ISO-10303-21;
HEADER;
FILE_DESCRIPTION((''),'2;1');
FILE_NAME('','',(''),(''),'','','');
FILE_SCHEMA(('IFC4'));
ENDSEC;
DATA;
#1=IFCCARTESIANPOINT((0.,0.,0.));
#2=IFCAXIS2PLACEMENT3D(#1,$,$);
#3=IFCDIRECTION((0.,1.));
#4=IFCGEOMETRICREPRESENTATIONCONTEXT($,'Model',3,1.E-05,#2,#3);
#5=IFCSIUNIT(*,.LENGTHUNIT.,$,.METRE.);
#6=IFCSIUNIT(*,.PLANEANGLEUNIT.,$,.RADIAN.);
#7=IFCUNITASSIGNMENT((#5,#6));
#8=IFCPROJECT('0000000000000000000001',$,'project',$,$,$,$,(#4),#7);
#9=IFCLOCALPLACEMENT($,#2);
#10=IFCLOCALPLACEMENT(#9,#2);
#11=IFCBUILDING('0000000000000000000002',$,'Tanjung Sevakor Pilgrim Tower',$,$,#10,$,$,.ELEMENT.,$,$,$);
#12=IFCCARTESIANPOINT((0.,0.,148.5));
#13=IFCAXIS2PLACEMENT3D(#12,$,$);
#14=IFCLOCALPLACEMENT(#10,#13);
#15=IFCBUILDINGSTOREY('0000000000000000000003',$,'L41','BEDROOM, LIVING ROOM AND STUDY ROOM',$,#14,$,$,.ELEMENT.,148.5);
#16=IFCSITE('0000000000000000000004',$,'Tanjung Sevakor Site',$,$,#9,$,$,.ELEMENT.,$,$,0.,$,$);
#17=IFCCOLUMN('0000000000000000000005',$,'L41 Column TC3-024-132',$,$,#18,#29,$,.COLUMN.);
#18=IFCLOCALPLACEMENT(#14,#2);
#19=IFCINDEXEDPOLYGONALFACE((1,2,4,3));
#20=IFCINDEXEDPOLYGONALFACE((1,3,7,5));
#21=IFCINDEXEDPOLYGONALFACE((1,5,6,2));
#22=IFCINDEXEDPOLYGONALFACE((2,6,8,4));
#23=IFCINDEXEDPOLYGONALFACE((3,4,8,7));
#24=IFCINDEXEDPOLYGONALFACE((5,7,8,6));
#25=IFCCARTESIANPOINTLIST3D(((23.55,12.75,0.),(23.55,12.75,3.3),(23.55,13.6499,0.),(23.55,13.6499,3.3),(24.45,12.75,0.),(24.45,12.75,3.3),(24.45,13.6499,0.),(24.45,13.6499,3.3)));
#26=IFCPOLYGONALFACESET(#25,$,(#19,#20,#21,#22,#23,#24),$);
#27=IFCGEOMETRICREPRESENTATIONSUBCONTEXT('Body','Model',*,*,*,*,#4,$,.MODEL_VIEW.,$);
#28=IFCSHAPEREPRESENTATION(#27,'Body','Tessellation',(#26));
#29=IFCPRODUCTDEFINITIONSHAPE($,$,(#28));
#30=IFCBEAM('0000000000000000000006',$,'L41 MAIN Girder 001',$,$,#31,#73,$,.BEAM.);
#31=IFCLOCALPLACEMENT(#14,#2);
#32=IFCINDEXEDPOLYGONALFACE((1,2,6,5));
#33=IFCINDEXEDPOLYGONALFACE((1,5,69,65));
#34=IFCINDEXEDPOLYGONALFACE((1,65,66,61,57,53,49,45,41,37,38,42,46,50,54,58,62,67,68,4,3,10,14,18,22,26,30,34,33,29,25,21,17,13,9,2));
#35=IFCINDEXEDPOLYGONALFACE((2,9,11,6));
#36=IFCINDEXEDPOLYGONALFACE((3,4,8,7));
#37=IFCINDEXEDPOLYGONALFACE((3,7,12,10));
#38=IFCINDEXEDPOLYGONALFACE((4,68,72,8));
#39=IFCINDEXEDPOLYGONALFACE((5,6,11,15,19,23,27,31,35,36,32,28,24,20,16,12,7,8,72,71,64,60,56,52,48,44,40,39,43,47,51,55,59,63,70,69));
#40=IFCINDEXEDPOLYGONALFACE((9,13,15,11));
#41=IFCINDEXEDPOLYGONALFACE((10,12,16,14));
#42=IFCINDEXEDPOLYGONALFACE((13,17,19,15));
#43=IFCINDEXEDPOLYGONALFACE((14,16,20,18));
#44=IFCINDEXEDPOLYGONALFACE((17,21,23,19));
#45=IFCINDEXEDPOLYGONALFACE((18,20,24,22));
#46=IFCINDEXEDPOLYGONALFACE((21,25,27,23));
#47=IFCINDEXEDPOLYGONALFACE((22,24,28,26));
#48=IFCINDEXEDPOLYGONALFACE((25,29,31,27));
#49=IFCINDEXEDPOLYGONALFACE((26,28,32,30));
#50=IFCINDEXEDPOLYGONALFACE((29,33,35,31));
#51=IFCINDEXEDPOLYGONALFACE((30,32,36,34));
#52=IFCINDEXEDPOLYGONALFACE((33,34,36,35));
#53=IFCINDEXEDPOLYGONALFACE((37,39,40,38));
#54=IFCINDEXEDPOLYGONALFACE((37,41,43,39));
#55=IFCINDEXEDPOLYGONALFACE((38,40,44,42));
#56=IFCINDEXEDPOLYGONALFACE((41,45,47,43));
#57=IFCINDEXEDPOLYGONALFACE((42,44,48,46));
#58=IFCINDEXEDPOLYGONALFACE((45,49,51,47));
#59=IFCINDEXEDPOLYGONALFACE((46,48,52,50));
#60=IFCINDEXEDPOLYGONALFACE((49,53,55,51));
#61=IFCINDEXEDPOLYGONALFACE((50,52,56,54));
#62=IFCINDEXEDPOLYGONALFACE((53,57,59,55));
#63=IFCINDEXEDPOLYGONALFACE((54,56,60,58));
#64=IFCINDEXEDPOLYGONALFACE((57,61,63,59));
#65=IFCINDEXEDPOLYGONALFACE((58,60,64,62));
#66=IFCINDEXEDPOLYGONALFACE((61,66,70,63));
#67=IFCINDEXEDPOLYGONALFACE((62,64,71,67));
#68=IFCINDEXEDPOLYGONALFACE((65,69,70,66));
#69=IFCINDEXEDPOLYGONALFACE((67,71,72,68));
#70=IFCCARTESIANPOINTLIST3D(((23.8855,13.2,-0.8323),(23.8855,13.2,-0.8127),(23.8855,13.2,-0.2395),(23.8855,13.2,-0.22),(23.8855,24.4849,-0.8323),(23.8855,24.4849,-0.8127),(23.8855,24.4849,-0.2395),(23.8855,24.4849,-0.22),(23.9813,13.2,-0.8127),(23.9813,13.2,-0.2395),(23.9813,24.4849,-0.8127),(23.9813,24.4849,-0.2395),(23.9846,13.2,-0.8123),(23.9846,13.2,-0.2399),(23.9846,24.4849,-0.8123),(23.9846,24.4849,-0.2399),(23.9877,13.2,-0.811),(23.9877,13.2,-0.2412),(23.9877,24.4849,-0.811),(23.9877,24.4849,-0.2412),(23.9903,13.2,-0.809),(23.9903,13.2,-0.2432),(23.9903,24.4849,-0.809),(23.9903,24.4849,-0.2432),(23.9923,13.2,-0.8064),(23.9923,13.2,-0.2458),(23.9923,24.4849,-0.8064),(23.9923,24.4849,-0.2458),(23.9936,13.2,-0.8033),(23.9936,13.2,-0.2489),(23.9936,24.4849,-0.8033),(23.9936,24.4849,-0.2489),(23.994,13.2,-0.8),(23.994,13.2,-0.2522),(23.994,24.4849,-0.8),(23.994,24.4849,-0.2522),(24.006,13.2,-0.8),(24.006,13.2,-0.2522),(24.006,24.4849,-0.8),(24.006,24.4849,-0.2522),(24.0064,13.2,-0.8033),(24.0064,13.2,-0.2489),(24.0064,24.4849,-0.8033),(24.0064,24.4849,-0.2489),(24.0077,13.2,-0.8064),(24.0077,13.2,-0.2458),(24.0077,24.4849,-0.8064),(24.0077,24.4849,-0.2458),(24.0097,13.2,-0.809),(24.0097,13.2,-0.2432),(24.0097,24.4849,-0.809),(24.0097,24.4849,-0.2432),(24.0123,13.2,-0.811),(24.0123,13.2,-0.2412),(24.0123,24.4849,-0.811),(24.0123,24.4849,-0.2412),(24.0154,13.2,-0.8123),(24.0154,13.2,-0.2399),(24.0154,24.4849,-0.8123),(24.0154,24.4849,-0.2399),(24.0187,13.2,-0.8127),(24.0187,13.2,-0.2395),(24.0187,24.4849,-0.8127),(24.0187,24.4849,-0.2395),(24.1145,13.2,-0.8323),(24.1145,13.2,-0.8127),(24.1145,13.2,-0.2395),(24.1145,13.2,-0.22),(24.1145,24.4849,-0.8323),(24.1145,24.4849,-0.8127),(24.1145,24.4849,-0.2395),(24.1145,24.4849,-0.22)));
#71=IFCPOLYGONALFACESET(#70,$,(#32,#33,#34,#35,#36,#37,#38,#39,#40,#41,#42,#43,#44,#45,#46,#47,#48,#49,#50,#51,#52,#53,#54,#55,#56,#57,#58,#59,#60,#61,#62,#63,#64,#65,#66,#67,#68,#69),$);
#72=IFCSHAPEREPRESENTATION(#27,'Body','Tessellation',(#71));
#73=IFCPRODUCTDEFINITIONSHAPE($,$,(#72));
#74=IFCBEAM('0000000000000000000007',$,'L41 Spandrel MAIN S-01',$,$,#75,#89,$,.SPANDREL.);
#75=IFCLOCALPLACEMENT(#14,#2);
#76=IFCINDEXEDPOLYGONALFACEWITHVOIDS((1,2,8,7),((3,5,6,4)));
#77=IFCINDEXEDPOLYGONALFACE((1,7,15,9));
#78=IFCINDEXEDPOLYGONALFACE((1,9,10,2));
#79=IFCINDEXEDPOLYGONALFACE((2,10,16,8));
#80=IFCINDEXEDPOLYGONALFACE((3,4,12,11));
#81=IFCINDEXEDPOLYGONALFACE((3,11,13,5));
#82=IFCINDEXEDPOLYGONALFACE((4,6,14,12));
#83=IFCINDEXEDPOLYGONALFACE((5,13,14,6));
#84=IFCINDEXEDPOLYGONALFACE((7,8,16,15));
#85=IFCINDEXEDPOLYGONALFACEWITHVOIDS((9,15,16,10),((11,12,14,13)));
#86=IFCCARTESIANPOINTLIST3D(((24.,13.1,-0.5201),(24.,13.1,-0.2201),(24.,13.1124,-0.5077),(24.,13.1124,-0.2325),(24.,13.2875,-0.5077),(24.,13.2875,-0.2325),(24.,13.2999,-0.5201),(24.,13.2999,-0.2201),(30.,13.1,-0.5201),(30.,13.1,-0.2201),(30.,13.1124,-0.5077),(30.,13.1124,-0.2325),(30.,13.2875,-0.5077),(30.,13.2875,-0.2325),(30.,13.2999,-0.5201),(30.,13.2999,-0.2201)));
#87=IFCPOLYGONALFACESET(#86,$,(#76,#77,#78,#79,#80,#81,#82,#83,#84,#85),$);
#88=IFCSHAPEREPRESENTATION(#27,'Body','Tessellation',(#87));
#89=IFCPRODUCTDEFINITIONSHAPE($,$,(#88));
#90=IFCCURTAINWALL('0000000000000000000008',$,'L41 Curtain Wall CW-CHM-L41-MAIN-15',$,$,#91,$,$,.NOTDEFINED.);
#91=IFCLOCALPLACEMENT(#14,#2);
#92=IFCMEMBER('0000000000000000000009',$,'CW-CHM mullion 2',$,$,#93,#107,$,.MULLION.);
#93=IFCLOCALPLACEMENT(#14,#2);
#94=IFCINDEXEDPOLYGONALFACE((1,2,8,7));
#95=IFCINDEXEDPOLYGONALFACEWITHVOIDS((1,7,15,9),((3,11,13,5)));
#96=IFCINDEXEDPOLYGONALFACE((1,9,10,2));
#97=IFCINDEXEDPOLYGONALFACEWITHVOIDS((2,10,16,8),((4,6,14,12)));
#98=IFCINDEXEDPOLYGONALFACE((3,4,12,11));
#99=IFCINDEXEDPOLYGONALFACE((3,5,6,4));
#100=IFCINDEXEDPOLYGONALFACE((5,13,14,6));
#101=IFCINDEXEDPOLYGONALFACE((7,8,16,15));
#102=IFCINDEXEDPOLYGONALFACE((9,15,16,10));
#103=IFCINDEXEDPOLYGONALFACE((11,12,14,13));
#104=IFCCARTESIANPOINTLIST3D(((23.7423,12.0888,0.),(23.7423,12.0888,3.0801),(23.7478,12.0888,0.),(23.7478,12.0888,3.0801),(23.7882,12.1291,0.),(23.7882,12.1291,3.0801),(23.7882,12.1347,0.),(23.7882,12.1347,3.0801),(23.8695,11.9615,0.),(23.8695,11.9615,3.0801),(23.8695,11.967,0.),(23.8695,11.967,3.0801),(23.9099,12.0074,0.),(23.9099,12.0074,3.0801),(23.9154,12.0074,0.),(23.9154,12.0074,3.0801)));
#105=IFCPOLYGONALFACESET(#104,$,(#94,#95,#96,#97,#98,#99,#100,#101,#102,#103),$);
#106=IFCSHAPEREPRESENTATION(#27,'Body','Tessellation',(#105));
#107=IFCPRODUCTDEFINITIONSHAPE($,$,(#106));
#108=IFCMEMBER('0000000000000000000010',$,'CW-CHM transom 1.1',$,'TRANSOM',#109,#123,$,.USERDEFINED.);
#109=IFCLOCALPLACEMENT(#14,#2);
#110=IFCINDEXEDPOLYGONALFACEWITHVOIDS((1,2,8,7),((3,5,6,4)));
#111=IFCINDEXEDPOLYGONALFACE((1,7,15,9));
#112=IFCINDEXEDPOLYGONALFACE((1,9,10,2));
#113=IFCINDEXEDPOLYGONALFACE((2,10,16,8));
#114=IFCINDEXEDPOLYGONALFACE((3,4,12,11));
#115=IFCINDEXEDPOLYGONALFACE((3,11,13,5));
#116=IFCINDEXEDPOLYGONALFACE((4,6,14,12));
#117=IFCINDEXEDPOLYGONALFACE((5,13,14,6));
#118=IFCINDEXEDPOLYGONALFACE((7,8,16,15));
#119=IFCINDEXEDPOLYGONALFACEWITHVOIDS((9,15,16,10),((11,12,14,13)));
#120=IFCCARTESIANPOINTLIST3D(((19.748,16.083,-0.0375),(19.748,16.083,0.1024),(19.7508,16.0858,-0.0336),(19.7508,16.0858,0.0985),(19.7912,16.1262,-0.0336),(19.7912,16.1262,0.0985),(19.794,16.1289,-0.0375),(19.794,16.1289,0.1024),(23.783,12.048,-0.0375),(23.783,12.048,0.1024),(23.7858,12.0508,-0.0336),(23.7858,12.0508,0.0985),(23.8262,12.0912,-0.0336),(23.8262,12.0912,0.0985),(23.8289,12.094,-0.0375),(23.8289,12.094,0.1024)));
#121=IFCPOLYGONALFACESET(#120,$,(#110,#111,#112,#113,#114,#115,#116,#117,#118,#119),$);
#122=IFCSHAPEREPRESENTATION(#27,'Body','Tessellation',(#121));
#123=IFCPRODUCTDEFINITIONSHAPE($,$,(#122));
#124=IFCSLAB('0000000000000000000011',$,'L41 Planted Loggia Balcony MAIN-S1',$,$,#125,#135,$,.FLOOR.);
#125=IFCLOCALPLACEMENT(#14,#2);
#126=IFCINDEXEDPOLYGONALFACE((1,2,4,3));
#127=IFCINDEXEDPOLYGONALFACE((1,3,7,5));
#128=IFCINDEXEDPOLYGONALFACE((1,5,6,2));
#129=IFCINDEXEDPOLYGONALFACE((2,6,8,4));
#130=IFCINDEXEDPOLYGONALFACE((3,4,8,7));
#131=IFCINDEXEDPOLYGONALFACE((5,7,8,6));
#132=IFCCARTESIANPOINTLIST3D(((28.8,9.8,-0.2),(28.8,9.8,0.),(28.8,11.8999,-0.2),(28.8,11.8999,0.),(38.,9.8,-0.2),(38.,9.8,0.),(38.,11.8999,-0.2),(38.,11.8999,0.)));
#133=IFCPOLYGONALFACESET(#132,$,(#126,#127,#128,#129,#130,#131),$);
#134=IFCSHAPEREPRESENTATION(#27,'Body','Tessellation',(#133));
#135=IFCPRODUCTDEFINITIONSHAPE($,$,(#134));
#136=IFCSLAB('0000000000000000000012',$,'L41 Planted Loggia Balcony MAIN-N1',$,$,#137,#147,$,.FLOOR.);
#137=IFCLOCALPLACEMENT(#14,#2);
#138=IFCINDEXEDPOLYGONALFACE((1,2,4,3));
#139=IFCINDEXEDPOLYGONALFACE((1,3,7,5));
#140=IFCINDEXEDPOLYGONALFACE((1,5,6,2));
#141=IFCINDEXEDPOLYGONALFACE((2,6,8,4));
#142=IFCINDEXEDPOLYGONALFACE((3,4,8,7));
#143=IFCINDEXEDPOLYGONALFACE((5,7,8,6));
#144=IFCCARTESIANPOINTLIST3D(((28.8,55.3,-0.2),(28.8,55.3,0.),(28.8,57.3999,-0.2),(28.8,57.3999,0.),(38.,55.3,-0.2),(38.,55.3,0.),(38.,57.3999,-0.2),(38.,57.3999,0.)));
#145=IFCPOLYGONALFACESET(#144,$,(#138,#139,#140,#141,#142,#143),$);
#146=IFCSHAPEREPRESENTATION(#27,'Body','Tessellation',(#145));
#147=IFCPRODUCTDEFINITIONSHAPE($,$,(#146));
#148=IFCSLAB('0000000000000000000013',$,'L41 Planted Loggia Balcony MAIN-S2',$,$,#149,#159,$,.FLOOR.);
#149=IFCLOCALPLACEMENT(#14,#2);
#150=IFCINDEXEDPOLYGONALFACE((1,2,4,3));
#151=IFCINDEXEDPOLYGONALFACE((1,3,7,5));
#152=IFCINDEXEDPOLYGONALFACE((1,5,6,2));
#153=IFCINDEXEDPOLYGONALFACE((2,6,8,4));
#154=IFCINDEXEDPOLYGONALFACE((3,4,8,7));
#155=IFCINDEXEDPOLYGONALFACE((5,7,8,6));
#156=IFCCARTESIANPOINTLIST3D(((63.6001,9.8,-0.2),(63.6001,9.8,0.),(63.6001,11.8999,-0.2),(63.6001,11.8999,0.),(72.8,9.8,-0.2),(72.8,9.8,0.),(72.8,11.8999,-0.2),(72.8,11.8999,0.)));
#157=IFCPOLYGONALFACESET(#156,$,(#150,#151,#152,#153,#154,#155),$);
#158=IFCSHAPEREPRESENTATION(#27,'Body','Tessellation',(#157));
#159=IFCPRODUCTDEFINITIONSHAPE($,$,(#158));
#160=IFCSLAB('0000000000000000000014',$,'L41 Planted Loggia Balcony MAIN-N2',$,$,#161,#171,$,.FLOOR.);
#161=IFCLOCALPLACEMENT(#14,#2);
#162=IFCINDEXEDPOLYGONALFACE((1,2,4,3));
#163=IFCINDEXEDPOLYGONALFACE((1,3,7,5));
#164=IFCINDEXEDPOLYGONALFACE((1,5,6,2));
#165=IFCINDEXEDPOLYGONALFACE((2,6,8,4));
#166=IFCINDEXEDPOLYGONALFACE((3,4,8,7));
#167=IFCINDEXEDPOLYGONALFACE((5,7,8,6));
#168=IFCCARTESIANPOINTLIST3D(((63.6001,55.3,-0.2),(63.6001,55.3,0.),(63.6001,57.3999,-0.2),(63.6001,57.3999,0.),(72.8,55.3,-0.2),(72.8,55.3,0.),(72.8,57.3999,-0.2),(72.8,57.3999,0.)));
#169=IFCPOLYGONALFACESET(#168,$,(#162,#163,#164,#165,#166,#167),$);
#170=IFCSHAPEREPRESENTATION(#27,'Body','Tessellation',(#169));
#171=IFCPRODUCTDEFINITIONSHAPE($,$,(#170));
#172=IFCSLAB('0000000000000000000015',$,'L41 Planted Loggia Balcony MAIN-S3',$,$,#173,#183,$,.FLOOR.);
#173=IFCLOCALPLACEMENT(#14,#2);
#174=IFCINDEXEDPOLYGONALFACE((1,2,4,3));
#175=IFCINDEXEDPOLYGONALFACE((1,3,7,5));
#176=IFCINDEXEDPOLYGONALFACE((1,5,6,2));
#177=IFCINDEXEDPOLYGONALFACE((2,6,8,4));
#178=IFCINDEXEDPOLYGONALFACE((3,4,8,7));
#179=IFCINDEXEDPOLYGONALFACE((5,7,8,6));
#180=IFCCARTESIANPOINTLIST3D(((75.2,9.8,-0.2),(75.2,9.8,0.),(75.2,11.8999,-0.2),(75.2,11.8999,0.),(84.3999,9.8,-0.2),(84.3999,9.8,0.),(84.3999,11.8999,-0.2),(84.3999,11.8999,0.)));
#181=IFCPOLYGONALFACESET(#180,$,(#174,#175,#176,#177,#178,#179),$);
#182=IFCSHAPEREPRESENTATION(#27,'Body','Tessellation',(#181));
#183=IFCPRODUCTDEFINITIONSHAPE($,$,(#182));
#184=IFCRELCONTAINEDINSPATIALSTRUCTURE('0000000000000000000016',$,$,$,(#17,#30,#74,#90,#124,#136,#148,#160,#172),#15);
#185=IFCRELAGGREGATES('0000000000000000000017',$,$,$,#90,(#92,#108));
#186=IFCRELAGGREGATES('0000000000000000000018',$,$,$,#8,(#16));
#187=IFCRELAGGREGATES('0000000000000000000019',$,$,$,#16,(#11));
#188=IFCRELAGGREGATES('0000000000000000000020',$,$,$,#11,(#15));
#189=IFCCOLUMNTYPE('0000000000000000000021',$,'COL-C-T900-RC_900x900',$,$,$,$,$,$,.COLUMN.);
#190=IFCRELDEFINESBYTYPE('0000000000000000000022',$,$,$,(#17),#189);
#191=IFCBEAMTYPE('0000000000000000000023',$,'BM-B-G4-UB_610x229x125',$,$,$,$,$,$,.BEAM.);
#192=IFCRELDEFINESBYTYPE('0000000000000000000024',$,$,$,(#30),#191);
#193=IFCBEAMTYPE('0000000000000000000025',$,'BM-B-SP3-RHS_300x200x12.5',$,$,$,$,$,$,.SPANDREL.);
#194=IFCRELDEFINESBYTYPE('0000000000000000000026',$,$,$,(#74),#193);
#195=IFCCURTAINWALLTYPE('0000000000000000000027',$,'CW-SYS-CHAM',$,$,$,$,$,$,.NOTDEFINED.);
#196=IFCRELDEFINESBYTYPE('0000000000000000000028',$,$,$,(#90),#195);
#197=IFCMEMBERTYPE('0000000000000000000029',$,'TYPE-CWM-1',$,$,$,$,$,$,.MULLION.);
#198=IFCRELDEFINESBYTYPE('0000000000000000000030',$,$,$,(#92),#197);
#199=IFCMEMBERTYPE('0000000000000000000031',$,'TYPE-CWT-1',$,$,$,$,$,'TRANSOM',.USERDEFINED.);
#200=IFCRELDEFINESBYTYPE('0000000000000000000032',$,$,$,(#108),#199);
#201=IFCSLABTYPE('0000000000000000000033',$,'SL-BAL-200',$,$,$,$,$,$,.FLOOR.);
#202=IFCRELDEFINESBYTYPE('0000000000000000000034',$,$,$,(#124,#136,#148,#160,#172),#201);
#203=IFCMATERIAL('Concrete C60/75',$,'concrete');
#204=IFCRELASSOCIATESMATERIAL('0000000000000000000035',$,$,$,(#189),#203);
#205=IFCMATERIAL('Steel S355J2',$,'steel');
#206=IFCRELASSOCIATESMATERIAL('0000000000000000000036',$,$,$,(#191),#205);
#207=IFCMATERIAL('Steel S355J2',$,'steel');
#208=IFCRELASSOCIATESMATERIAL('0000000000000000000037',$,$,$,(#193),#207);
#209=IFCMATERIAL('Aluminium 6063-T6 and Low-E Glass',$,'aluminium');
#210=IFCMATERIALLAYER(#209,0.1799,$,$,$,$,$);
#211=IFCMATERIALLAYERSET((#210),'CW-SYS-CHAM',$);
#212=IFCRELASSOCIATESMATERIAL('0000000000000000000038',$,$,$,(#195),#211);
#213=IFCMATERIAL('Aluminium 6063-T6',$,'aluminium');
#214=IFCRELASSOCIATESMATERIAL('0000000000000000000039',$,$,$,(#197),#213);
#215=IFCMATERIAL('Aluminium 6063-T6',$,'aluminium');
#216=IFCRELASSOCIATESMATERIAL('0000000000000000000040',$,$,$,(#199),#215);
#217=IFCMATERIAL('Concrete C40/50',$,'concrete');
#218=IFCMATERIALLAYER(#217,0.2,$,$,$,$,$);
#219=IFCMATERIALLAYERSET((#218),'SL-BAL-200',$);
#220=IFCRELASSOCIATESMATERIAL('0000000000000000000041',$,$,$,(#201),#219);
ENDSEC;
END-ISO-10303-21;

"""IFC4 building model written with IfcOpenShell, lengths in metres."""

from ifc_helpers import new_model, si_unit, direction, frame, origin, origin_2d, place, context, subcontext, project, spatial, polyline, rectangle, hollow_rectangle, i_section, outline, extrude, material, layer, layer_set, material_profile, profile_set, type_object, element, aggregate, save


model = new_model("IFC4")

# Units and contexts
model_context = context("Model", 3, precision=1e-05, world=origin(), true_north=direction((0.0, 1.0)))
body_context = subcontext(model_context, "Body", "Model", "MODEL_VIEW")
ifc_project = project(units=[si_unit("LENGTHUNIT", "METRE"), si_unit("PLANEANGLEUNIT", "RADIAN")], contexts=[model_context])

# Site, building, storey
site_placement = place(None, origin())
site = spatial("IfcSite", under=ifc_project, at=site_placement, Name="Tanjung Sevakor Site", CompositionType="ELEMENT", RefElevation=0.0)
building_placement = place(site_placement, origin())
building = spatial("IfcBuilding", under=site, at=building_placement, Name="Tanjung Sevakor Pilgrim Tower", CompositionType="ELEMENT")
storey_placement = place(building_placement, frame((0.0, 0.0, 148.5)))
storey = spatial("IfcBuildingStorey", under=building, at=storey_placement, Name="L41", Description="BEDROOM, LIVING ROOM AND STUDY ROOM", CompositionType="ELEMENT", Elevation=148.5)

# Column
ifc_material_1 = material(Name="Concrete C60/75", Category="concrete")
ifc_material_profile_1 = material_profile(ifc_material_1, rectangle(XDim=0.8999, YDim=0.8999, at=origin_2d()))
ifc_profile_set_1 = profile_set([ifc_material_profile_1], Name="Concrete C60/75")
column_type = type_object("IfcColumnType", Name="COL-C-T900-RC_900x900", PredefinedType="COLUMN", material=ifc_profile_set_1)
column_placement = place(storey_placement, frame((24.0, 13.2, 0.0), z_axis=(0.0, 0.0, 1.0), x_axis=(1.0, 0.0, 0.0)))
element("IfcColumn", 1, at=column_placement, inside=storey, type_object=column_type, Name="L41 Column TC3-024-132", PredefinedType="COLUMN", context=body_context, shape_type="SweptSolid", body=[
    extrude(rectangle(XDim=0.8999, YDim=0.8999, at=origin_2d()), origin(), (0.0, 0.0, 1.0), 3.3),
])

# Beams
ifc_material_2 = material(Name="Steel S355J2", Category="steel")
ifc_material_profile_2 = material_profile(ifc_material_2, i_section(OverallWidth=0.229, OverallDepth=0.6123, WebThickness=0.012, FlangeThickness=0.0195, FilletRadius=0.0127, at=origin_2d()))
ifc_profile_set_2 = profile_set([ifc_material_profile_2], Name="Steel S355J2")
beam_type_1 = type_object("IfcBeamType", Name="BM-B-G4-UB_610x229x125", PredefinedType="BEAM", material=ifc_profile_set_2)
beam_1_placement = place(storey_placement, frame((24.0, 13.2, -0.5261), z_axis=(0.0, 1.0, 0.0), x_axis=(-1.0, 0.0, 0.0)))
element("IfcBeam", 2, at=beam_1_placement, inside=storey, type_object=beam_type_1, Name="L41 MAIN Girder 001", PredefinedType="BEAM", context=body_context, shape_type="SweptSolid", body=[
    extrude(i_section(OverallWidth=0.229, OverallDepth=0.6123, WebThickness=0.012, FlangeThickness=0.0195, FilletRadius=0.0127, at=origin_2d()), origin(), (0.0, 0.0, 1.0), 11.2849),
])
ifc_material_3 = material(Name="Steel S355J2", Category="steel")
ifc_material_profile_3 = material_profile(ifc_material_3, hollow_rectangle(XDim=0.2, YDim=0.3, WallThickness=0.0125, at=origin_2d()))
ifc_profile_set_3 = profile_set([ifc_material_profile_3], Name="Steel S355J2")
beam_type_2 = type_object("IfcBeamType", Name="BM-B-SP3-RHS_300x200x12.5", PredefinedType="SPANDREL", material=ifc_profile_set_3)
beam_2_placement = place(storey_placement, frame((24.0, 13.2, -0.3701), z_axis=(1.0, 0.0, 0.0), x_axis=(0.0, 1.0, 0.0)))
element("IfcBeam", 3, at=beam_2_placement, inside=storey, type_object=beam_type_2, Name="L41 Spandrel MAIN S-01", PredefinedType="SPANDREL", context=body_context, shape_type="SweptSolid", body=[
    extrude(hollow_rectangle(XDim=0.2, YDim=0.3, WallThickness=0.0125, at=origin_2d()), origin(), (0.0, 0.0, 1.0), 6.0),
])

# Curtain wall, members
ifc_material_4 = material(Name="Aluminium 6063-T6 and Low-E Glass", Category="aluminium")
ifc_layer_1 = layer(ifc_material_4, 0.1799)
ifc_layer_set_1 = layer_set([ifc_layer_1], Name="CW-SYS-CHAM")
curtain_wall_type = type_object("IfcCurtainWallType", Name="CW-SYS-CHAM", PredefinedType="NOTDEFINED", material=ifc_layer_set_1)
curtain_wall_placement = place(storey_placement, origin())
curtain_wall = element("IfcCurtainWall", 4, at=curtain_wall_placement, inside=storey, type_object=curtain_wall_type, Name="L41 Curtain Wall CW-CHM-L41-MAIN-15", PredefinedType="NOTDEFINED")
ifc_material_5 = material(Name="Aluminium 6063-T6", Category="aluminium")
ifc_material_profile_4 = material_profile(ifc_material_5, hollow_rectangle(XDim=0.0649, YDim=0.1799, WallThickness=0.0039, at=origin_2d()))
ifc_profile_set_4 = profile_set([ifc_material_profile_4], Name="Aluminium 6063-T6")
member_type_1 = type_object("IfcMemberType", Name="TYPE-CWM-1", PredefinedType="MULLION", material=ifc_profile_set_4)
member_1_placement = place(storey_placement, frame((23.8289, 12.0481, 0.0), z_axis=(0.0, 0.0, 1.0), x_axis=(0.707107, 0.707107, 0.0)))
member_1 = element("IfcMember", 5, at=member_1_placement, type_object=member_type_1, Name="CW-CHM mullion 2", PredefinedType="MULLION", context=body_context, shape_type="SweptSolid", body=[
    extrude(hollow_rectangle(XDim=0.0649, YDim=0.1799, WallThickness=0.0039, at=origin_2d()), origin(), (0.0, 0.0, 1.0), 3.0801),
])
ifc_material_6 = material(Name="Aluminium 6063-T6", Category="aluminium")
ifc_material_profile_5 = material_profile(ifc_material_6, hollow_rectangle(XDim=0.0649, YDim=0.1399, WallThickness=0.0039, at=origin_2d()))
ifc_profile_set_5 = profile_set([ifc_material_profile_5], Name="Aluminium 6063-T6")
member_type_2 = type_object("IfcMemberType", Name="TYPE-CWT-1", ElementType="TRANSOM", PredefinedType="USERDEFINED", material=ifc_profile_set_5)
member_2_placement = place(storey_placement, frame((19.771, 16.106, 0.0325), z_axis=(0.707107, -0.707107, 0.0), x_axis=(0.707107, 0.707107, 0.0)))
member_2 = element("IfcMember", 6, at=member_2_placement, type_object=member_type_2, Name="CW-CHM transom 1.1", ObjectType="TRANSOM", PredefinedType="USERDEFINED", context=body_context, shape_type="SweptSolid", body=[
    extrude(hollow_rectangle(XDim=0.0649, YDim=0.1399, WallThickness=0.0039, at=origin_2d()), origin(), (0.0, 0.0, 1.0), 5.7063),
])

# Slabs
ifc_material_7 = material(Name="Concrete C40/50", Category="concrete")
ifc_layer_2 = layer(ifc_material_7, 0.2)
ifc_layer_set_2 = layer_set([ifc_layer_2], Name="SL-BAL-200")
slab_type_1 = type_object("IfcSlabType", Name="SL-BAL-200", PredefinedType="FLOOR", material=ifc_layer_set_2)
slab_1_placement = place(storey_placement, frame((0.0, 0.0, -0.2)))
element("IfcSlab", 7, at=slab_1_placement, inside=storey, type_object=slab_type_1, Name="L41 Planted Loggia Balcony MAIN-S1", PredefinedType="FLOOR", context=body_context, shape_type="SweptSolid", body=[
    extrude(outline(polyline([(28.8, 9.8), (38.0, 9.8), (38.0, 11.8999), (28.8, 11.8999), (28.8, 9.8)])), origin(), (0.0, 0.0, 1.0), 0.2),
])
slab_2_placement = place(storey_placement, frame((0.0, 0.0, -0.2)))
element("IfcSlab", 8, at=slab_2_placement, inside=storey, type_object=slab_type_1, Name="L41 Planted Loggia Balcony MAIN-N1", PredefinedType="FLOOR", context=body_context, shape_type="SweptSolid", body=[
    extrude(outline(polyline([(28.8, 55.3), (38.0, 55.3), (38.0, 57.3999), (28.8, 57.3999), (28.8, 55.3)])), origin(), (0.0, 0.0, 1.0), 0.2),
])
slab_3_placement = place(storey_placement, frame((0.0, 0.0, -0.2)))
element("IfcSlab", 9, at=slab_3_placement, inside=storey, type_object=slab_type_1, Name="L41 Planted Loggia Balcony MAIN-S2", PredefinedType="FLOOR", context=body_context, shape_type="SweptSolid", body=[
    extrude(outline(polyline([(63.6001, 9.8), (72.8, 9.8), (72.8, 11.8999), (63.6001, 11.8999), (63.6001, 9.8)])), origin(), (0.0, 0.0, 1.0), 0.2),
])
slab_4_placement = place(storey_placement, frame((0.0, 0.0, -0.2)))
element("IfcSlab", 10, at=slab_4_placement, inside=storey, type_object=slab_type_1, Name="L41 Planted Loggia Balcony MAIN-N2", PredefinedType="FLOOR", context=body_context, shape_type="SweptSolid", body=[
    extrude(outline(polyline([(63.6001, 55.3), (72.8, 55.3), (72.8, 57.3999), (63.6001, 57.3999), (63.6001, 55.3)])), origin(), (0.0, 0.0, 1.0), 0.2),
])
slab_5_placement = place(storey_placement, frame((0.0, 0.0, -0.2)))
element("IfcSlab", 11, at=slab_5_placement, inside=storey, type_object=slab_type_1, Name="L41 Planted Loggia Balcony MAIN-S3", PredefinedType="FLOOR", context=body_context, shape_type="SweptSolid", body=[
    extrude(outline(polyline([(75.2, 9.8), (84.3999, 9.8), (84.3999, 11.8999), (75.2, 11.8999), (75.2, 9.8)])), origin(), (0.0, 0.0, 1.0), 0.2),
])

aggregate(curtain_wall, [member_1, member_2])

save(model, "model.ifc")
